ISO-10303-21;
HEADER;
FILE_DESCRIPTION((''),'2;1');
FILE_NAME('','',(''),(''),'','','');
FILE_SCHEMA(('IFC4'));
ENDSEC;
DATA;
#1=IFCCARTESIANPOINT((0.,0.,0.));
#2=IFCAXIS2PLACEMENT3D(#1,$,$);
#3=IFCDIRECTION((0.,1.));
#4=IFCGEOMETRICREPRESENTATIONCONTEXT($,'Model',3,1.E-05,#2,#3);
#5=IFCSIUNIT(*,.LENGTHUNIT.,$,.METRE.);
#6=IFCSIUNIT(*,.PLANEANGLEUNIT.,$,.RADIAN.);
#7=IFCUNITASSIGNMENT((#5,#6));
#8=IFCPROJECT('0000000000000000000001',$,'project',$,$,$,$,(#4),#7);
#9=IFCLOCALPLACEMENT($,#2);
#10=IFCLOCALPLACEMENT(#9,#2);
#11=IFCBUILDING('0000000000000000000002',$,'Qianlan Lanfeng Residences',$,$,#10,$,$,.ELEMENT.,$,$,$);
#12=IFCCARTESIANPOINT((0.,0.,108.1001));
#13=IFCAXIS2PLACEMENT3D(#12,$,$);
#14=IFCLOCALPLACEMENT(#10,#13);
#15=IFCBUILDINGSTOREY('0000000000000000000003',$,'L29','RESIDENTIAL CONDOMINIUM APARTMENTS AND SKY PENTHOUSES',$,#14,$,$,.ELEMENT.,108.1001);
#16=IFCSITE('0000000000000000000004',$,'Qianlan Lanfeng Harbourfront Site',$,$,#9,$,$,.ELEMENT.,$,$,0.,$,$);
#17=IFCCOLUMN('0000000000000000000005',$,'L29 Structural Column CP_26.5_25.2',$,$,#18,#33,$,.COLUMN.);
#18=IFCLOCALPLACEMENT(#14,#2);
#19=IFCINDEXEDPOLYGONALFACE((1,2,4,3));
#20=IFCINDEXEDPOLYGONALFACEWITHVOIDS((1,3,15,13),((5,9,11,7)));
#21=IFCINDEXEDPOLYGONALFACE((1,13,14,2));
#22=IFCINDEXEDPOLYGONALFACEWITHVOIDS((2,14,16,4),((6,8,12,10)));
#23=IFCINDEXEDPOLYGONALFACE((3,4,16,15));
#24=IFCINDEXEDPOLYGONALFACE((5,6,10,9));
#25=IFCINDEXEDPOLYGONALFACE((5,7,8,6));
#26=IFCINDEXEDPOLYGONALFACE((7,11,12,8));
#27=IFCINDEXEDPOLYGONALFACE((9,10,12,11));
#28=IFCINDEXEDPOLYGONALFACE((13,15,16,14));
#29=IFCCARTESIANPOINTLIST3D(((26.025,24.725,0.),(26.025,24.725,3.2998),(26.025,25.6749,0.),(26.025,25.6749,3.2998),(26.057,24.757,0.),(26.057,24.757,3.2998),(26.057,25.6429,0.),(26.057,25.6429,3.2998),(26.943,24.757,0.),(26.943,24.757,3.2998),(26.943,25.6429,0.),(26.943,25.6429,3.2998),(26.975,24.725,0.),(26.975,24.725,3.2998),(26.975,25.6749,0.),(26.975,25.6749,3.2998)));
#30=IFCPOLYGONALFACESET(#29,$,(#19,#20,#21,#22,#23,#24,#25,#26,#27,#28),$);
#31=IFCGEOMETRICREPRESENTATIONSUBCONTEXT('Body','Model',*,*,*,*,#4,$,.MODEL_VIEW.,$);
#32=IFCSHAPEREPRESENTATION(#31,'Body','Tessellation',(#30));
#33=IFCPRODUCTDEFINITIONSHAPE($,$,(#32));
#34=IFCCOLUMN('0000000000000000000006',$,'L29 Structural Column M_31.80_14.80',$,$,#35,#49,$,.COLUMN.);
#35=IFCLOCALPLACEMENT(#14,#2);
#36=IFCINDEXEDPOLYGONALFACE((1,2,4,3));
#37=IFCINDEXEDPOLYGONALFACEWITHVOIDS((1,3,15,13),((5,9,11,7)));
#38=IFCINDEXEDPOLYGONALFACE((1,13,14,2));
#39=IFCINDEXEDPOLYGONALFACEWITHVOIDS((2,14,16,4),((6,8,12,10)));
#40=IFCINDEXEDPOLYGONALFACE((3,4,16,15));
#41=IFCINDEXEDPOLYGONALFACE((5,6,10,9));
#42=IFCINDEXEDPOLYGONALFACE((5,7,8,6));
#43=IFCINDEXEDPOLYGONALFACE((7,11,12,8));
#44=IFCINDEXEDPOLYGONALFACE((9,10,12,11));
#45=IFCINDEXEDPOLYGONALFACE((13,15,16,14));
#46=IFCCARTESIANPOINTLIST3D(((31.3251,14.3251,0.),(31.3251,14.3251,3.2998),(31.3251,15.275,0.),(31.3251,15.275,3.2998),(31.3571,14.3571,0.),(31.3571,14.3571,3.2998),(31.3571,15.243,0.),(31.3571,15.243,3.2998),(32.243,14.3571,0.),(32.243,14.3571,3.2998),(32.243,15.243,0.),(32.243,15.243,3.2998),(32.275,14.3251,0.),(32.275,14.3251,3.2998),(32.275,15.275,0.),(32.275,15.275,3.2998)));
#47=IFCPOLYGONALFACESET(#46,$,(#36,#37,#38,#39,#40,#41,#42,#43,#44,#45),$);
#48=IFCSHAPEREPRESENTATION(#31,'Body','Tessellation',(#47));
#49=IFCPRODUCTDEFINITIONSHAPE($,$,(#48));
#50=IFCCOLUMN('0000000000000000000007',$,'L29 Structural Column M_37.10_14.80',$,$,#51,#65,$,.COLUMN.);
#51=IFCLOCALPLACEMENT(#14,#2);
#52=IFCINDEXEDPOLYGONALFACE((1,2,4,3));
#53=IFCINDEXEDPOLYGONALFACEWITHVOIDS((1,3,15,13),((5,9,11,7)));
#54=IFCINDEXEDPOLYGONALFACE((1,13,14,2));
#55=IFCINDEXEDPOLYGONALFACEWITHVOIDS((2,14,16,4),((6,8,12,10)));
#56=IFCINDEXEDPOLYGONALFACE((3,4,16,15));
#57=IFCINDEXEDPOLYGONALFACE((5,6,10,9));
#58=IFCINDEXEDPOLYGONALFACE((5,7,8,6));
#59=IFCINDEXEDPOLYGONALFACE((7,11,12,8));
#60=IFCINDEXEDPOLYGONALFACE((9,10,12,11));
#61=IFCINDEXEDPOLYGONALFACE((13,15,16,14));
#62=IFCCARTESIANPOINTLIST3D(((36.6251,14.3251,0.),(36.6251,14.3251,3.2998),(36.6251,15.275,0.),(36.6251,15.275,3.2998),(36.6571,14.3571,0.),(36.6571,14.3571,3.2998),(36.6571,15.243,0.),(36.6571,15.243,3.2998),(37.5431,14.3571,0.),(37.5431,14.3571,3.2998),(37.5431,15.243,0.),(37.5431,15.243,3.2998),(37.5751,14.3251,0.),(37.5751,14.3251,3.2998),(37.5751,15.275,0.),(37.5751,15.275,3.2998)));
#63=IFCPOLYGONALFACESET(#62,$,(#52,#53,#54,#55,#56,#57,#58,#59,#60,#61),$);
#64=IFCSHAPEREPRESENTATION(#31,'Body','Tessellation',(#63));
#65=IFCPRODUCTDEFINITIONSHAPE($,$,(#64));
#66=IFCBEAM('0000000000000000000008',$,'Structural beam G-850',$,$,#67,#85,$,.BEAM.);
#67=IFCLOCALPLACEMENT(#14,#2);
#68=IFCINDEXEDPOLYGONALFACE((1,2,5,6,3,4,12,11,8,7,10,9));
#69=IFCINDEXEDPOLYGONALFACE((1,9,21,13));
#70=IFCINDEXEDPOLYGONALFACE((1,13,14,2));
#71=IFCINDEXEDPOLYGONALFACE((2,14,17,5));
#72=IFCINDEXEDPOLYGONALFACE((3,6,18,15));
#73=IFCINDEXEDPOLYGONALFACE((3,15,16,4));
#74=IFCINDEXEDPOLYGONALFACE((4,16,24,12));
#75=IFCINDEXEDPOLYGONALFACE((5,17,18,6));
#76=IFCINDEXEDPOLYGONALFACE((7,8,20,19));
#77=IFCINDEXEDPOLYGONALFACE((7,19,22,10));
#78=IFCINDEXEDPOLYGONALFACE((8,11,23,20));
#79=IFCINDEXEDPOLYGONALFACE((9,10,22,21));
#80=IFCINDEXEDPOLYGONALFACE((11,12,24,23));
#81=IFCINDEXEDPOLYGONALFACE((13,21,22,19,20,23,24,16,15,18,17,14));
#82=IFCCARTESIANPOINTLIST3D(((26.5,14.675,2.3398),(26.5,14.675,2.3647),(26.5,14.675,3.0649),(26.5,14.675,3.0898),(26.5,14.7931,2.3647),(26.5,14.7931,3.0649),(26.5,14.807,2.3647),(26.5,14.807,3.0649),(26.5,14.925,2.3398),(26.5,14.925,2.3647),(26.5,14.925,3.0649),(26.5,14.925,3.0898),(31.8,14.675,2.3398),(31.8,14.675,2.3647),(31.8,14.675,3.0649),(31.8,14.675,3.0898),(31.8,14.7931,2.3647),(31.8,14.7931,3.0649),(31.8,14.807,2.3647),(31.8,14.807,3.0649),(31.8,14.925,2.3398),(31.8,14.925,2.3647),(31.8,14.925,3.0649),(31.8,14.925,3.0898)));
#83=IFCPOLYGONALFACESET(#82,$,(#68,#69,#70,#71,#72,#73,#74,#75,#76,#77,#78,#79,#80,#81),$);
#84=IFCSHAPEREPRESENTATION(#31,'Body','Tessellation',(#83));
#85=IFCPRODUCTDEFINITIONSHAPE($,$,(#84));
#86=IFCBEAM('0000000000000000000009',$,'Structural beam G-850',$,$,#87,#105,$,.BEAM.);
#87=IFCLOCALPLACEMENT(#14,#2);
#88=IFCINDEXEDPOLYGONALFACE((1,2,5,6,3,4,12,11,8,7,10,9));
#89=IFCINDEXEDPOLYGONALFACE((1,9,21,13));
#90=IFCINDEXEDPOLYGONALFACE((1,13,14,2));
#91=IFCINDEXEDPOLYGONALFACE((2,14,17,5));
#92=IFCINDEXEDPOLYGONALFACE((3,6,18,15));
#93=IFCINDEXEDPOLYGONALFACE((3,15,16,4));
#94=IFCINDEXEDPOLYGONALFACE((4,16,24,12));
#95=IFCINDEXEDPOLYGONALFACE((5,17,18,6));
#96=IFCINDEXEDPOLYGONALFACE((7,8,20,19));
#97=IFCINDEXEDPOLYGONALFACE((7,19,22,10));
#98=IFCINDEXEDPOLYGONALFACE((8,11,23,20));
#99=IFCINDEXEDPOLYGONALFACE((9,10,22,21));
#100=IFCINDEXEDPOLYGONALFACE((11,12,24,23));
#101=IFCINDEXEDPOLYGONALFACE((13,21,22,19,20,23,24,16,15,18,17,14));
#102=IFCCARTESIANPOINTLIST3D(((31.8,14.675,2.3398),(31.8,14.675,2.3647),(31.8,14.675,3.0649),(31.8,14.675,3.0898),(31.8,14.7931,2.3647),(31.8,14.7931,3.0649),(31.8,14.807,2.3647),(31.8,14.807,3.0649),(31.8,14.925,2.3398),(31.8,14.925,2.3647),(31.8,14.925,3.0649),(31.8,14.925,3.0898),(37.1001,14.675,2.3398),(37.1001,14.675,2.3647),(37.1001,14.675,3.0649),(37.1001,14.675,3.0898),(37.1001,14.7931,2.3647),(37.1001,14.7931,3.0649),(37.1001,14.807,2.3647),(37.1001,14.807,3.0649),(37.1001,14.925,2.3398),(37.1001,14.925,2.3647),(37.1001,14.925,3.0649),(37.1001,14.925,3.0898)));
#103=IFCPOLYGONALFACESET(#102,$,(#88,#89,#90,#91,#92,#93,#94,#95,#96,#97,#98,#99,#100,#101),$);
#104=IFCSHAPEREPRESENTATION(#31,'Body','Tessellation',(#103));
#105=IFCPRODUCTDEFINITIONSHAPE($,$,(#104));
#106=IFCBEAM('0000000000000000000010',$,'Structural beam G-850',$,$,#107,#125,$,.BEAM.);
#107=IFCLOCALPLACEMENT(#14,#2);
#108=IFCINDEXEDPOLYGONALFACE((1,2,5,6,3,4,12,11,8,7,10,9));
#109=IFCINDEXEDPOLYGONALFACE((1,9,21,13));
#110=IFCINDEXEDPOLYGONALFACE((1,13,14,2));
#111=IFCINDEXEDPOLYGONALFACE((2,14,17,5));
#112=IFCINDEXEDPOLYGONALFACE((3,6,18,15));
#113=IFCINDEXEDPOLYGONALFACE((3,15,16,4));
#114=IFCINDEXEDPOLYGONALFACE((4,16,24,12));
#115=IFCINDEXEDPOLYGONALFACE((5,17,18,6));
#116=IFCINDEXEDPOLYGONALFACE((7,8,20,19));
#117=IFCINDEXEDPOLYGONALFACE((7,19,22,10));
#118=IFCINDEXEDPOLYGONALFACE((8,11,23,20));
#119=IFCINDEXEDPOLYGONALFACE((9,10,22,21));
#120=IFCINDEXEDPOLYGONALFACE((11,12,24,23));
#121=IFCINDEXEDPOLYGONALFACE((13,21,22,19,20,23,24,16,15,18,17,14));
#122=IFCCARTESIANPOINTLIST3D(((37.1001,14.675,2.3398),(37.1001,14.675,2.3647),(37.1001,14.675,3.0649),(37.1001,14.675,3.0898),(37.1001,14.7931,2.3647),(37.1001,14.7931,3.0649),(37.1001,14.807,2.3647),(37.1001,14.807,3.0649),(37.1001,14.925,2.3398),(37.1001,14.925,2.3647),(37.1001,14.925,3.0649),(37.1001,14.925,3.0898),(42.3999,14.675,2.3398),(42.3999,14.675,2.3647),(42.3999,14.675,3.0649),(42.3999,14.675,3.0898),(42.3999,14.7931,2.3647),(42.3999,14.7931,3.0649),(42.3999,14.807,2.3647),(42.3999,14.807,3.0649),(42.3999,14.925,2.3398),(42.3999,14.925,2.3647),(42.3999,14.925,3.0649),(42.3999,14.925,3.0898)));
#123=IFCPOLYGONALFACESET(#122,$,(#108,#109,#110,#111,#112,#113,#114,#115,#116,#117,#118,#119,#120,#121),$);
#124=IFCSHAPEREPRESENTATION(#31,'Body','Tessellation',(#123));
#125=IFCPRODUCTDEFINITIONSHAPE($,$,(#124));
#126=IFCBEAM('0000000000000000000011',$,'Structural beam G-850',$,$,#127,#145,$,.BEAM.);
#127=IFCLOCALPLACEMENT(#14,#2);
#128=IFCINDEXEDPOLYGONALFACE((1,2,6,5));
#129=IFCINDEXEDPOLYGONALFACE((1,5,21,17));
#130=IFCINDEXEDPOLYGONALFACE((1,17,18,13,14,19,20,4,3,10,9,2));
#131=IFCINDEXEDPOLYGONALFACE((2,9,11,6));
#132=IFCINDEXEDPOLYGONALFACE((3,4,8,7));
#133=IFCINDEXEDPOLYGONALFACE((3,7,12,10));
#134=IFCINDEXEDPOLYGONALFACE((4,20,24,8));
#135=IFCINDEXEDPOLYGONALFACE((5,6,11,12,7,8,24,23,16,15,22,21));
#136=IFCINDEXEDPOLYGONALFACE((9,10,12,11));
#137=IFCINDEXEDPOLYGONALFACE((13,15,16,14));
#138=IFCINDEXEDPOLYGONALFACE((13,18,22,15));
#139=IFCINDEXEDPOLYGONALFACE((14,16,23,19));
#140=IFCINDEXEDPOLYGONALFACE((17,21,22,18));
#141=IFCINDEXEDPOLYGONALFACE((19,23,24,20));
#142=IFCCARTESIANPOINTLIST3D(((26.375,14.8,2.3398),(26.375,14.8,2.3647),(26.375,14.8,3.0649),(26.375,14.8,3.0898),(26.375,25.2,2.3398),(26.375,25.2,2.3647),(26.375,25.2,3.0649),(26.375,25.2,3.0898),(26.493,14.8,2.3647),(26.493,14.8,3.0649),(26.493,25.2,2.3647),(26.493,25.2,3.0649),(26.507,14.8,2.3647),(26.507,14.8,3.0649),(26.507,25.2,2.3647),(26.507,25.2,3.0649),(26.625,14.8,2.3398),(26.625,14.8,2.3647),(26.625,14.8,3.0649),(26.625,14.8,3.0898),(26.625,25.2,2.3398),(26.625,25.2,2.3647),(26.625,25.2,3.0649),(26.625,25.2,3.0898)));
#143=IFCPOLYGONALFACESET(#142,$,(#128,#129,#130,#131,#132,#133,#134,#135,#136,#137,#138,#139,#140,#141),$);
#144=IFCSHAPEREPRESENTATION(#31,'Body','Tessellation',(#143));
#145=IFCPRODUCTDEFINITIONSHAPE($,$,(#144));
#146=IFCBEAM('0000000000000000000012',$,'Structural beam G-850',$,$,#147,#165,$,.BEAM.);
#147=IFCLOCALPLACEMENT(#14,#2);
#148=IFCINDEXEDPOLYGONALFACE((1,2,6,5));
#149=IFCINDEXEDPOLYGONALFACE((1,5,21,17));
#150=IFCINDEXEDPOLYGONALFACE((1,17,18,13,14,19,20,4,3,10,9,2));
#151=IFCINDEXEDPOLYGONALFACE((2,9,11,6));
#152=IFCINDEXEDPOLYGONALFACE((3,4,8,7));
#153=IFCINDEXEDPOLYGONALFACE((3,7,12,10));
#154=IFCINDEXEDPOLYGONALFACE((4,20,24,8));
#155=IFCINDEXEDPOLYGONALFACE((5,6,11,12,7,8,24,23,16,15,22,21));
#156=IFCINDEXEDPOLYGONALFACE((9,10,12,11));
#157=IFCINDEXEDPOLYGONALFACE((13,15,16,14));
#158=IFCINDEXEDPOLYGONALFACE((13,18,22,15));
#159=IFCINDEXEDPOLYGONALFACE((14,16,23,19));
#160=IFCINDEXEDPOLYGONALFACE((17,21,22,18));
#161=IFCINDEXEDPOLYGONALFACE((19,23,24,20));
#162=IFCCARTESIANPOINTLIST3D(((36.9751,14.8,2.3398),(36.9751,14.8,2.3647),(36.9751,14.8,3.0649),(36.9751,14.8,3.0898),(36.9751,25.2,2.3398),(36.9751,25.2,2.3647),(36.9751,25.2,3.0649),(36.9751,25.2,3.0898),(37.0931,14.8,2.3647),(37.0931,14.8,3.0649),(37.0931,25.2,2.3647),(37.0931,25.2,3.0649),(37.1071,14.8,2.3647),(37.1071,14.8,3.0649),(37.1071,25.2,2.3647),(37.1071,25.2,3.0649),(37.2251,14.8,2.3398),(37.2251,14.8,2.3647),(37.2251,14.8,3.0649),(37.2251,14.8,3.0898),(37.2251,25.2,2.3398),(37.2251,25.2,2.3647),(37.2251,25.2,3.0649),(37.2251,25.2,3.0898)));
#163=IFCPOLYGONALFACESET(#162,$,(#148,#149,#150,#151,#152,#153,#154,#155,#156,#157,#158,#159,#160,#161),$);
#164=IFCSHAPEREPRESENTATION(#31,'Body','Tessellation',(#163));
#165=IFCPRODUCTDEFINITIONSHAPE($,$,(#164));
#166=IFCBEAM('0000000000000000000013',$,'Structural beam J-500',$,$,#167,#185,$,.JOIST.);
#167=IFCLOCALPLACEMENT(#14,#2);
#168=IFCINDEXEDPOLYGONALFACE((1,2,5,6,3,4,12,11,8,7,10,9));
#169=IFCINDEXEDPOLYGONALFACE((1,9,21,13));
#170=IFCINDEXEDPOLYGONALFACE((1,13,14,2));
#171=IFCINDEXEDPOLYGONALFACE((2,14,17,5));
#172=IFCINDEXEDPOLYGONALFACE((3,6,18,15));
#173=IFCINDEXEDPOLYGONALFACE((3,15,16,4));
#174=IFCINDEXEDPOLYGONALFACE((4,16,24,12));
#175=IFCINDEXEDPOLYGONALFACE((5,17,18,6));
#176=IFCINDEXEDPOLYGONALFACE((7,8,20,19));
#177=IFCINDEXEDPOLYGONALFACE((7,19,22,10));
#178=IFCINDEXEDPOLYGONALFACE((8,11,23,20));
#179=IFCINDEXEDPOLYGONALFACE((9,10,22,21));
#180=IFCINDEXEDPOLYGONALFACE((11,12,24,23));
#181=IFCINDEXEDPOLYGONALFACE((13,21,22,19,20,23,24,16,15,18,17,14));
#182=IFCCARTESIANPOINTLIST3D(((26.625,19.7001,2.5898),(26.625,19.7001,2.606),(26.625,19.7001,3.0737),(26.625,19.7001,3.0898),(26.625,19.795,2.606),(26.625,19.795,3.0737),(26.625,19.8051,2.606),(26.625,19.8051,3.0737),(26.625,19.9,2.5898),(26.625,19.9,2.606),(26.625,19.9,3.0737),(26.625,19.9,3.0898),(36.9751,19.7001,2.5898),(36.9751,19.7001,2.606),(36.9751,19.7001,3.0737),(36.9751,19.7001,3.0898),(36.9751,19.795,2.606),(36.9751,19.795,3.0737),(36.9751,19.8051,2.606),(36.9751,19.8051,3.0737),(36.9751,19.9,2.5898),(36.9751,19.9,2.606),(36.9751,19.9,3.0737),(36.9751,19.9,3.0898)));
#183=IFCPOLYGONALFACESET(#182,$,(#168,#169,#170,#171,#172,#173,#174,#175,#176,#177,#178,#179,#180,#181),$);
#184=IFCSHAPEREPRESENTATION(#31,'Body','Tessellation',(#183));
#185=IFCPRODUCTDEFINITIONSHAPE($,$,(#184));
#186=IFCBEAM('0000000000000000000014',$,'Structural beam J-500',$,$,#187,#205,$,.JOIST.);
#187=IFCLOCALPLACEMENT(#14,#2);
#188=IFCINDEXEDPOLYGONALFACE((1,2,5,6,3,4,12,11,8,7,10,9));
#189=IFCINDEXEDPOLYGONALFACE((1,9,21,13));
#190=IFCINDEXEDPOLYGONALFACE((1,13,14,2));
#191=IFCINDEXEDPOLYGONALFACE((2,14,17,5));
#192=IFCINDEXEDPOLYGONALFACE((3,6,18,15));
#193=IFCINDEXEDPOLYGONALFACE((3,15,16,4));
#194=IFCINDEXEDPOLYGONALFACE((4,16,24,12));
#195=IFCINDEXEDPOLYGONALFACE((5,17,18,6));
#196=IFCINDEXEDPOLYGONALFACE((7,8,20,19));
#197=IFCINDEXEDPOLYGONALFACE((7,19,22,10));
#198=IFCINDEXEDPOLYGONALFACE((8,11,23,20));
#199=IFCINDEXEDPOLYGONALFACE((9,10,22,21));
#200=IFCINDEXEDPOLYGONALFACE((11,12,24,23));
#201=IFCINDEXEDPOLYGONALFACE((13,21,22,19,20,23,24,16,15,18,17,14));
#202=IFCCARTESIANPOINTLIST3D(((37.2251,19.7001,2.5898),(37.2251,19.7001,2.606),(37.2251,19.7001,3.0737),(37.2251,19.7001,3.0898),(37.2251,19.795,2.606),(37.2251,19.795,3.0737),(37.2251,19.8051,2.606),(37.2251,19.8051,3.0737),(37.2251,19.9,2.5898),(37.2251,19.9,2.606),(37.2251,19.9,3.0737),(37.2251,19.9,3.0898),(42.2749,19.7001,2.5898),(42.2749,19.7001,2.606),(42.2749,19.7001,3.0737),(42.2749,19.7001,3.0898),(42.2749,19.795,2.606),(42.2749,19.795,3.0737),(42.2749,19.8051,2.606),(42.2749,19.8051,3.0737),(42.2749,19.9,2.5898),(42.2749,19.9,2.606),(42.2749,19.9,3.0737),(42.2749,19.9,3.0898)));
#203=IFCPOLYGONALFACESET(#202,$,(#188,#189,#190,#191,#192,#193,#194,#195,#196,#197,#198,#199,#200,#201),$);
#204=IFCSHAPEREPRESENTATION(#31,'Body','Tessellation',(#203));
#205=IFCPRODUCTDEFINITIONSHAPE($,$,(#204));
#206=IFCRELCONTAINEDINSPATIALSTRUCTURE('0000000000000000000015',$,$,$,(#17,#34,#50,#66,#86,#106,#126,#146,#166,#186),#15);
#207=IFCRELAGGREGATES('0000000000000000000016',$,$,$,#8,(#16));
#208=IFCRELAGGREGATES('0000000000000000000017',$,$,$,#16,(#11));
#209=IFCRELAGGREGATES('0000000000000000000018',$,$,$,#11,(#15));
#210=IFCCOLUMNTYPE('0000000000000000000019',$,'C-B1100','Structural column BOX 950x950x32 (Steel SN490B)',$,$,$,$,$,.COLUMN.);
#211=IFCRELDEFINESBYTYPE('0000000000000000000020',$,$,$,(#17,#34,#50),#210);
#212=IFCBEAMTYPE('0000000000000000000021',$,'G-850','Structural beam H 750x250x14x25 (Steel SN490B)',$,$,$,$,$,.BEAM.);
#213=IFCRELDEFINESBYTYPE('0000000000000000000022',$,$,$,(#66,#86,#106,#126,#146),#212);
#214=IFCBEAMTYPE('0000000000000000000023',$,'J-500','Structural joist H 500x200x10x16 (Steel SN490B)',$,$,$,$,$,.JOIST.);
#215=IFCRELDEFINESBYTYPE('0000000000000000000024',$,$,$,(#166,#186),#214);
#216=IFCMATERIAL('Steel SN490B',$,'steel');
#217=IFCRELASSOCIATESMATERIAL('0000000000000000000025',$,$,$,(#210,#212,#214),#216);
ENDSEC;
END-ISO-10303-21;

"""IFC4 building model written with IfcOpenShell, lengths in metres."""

from ifc_helpers import new_model, si_unit, direction, frame, origin, origin_2d, place, context, subcontext, project, spatial, hollow_rectangle, i_section, extrude, material, material_profile, profile_set, type_object, element, save


model = new_model("IFC4")

# Units and contexts
model_context = context("Model", 3, precision=1e-05, world=origin(), true_north=direction((0.0, 1.0)))
body_context = subcontext(model_context, "Body", "Model", "MODEL_VIEW")
ifc_project = project(units=[si_unit("LENGTHUNIT", "METRE"), si_unit("PLANEANGLEUNIT", "RADIAN")], contexts=[model_context])

# Site, building, storey
site_placement = place(None, origin())
site = spatial("IfcSite", under=ifc_project, at=site_placement, Name="Qianlan Lanfeng Harbourfront Site", CompositionType="ELEMENT", RefElevation=0.0)
building_placement = place(site_placement, origin())
building = spatial("IfcBuilding", under=site, at=building_placement, Name="Qianlan Lanfeng Residences", CompositionType="ELEMENT")
storey_placement = place(building_placement, frame((0.0, 0.0, 108.1001)))
storey = spatial("IfcBuildingStorey", under=building, at=storey_placement, Name="L29", Description="RESIDENTIAL CONDOMINIUM APARTMENTS AND SKY PENTHOUSES", CompositionType="ELEMENT", Elevation=108.1001)

# Columns
ifc_material_1 = material(Name="Steel SN490B", Category="steel")
ifc_material_profile_1 = material_profile(ifc_material_1, hollow_rectangle(XDim=0.95, YDim=0.95, WallThickness=0.032, at=origin_2d()), Name="BOX 950x950x32")
ifc_profile_set_1 = profile_set([ifc_material_profile_1], Name="Steel SN490B")
column_type = type_object("IfcColumnType", Name="C-B1100", Description="Structural column BOX 950x950x32 (Steel SN490B)", PredefinedType="COLUMN", material=ifc_profile_set_1)
for number, where, z_axis, x_axis, name in (
    (1, (26.5, 25.2, 0.0), (0.0, 0.0, 1.0), (1.0, 0.0, 0.0), "L29 Structural Column CP_26.5_25.2"),
    (2, (31.8, 14.8, 0.0), (0.0, 0.0, 1.0), (1.0, 0.0, 0.0), "L29 Structural Column M_31.80_14.80"),
    (3, (37.1001, 14.8, 0.0), (0.0, 0.0, 1.0), (1.0, 0.0, 0.0), "L29 Structural Column M_37.10_14.80"),
):
    element("IfcColumn", number, at=place(storey_placement, frame(where, z_axis=z_axis, x_axis=x_axis)), inside=storey, type_object=column_type, Name=name, PredefinedType="COLUMN", context=body_context, shape_type="SweptSolid", body=[
        extrude(hollow_rectangle(XDim=0.95, YDim=0.95, WallThickness=0.032, at=origin_2d()), origin(), (0.0, 0.0, 1.0), 3.2998),
    ])

# Beams
ifc_material_profile_2 = material_profile(ifc_material_1, i_section(OverallWidth=0.25, OverallDepth=0.75, WebThickness=0.0139, FlangeThickness=0.0249, at=origin_2d()), Name="H 750x250x14x25")
ifc_profile_set_2 = profile_set([ifc_material_profile_2], Name="Steel SN490B")
beam_type_1 = type_object("IfcBeamType", Name="G-850", Description="Structural beam H 750x250x14x25 (Steel SN490B)", PredefinedType="BEAM", material=ifc_profile_set_2)
for number, where, z_axis, x_axis, name in (
    (4, (26.5, 14.8, 2.7148), (1.0, 0.0, 0.0), (0.0, 1.0, 0.0), "Structural beam G-850"),
    (5, (31.8, 14.8, 2.7148), (1.0, 0.0, 0.0), (0.0, 1.0, 0.0), "Structural beam G-850"),
):
    element("IfcBeam", number, at=place(storey_placement, frame(where, z_axis=z_axis, x_axis=x_axis)), inside=storey, type_object=beam_type_1, Name=name, PredefinedType="BEAM", context=body_context, shape_type="SweptSolid", body=[
        extrude(i_section(OverallWidth=0.25, OverallDepth=0.75, WebThickness=0.0139, FlangeThickness=0.0249, at=origin_2d()), origin(), (0.0, 0.0, 1.0), 5.3),
    ])
beam_1_placement = place(storey_placement, frame((37.1001, 14.8, 2.7148), z_axis=(1.0, 0.0, 0.0), x_axis=(0.0, 1.0, 0.0)))
element("IfcBeam", 6, at=beam_1_placement, inside=storey, type_object=beam_type_1, Name="Structural beam G-850", PredefinedType="BEAM", context=body_context, shape_type="SweptSolid", body=[
    extrude(i_section(OverallWidth=0.25, OverallDepth=0.75, WebThickness=0.0139, FlangeThickness=0.0249, at=origin_2d()), origin(), (0.0, 0.0, 1.0), 5.2998),
])
for number, where, z_axis, x_axis, name in (
    (7, (26.5, 14.8, 2.7148), (0.0, 1.0, 0.0), (-1.0, 0.0, 0.0), "Structural beam G-850"),
    (8, (37.1001, 14.8, 2.7148), (0.0, 1.0, 0.0), (-1.0, 0.0, 0.0), "Structural beam G-850"),
):
    element("IfcBeam", number, at=place(storey_placement, frame(where, z_axis=z_axis, x_axis=x_axis)), inside=storey, type_object=beam_type_1, Name=name, PredefinedType="BEAM", context=body_context, shape_type="SweptSolid", body=[
        extrude(i_section(OverallWidth=0.25, OverallDepth=0.75, WebThickness=0.0139, FlangeThickness=0.0249, at=origin_2d()), origin(), (0.0, 0.0, 1.0), 10.3999),
    ])
ifc_material_profile_3 = material_profile(ifc_material_1, i_section(OverallWidth=0.2, OverallDepth=0.5, WebThickness=0.01, FlangeThickness=0.0161, at=origin_2d()), Name="H 500x200x10x16")
ifc_profile_set_3 = profile_set([ifc_material_profile_3], Name="Steel SN490B")
beam_type_2 = type_object("IfcBeamType", Name="J-500", Description="Structural joist H 500x200x10x16 (Steel SN490B)", PredefinedType="JOIST", material=ifc_profile_set_3)
beam_2_placement = place(storey_placement, frame((26.625, 19.8, 2.8398), z_axis=(1.0, 0.0, 0.0), x_axis=(0.0, 1.0, 0.0)))
element("IfcBeam", 9, at=beam_2_placement, inside=storey, type_object=beam_type_2, Name="Structural beam J-500", PredefinedType="JOIST", context=body_context, shape_type="SweptSolid", body=[
    extrude(i_section(OverallWidth=0.2, OverallDepth=0.5, WebThickness=0.01, FlangeThickness=0.0161, at=origin_2d()), origin(), (0.0, 0.0, 1.0), 10.3501),
])
beam_3_placement = place(storey_placement, frame((37.2251, 19.8, 2.8398), z_axis=(1.0, 0.0, 0.0), x_axis=(0.0, 1.0, 0.0)))
element("IfcBeam", 10, at=beam_3_placement, inside=storey, type_object=beam_type_2, Name="Structural beam J-500", PredefinedType="JOIST", context=body_context, shape_type="SweptSolid", body=[
    extrude(i_section(OverallWidth=0.2, OverallDepth=0.5, WebThickness=0.01, FlangeThickness=0.0161, at=origin_2d()), origin(), (0.0, 0.0, 1.0), 5.0498),
])

save(model, "model.ifc")
